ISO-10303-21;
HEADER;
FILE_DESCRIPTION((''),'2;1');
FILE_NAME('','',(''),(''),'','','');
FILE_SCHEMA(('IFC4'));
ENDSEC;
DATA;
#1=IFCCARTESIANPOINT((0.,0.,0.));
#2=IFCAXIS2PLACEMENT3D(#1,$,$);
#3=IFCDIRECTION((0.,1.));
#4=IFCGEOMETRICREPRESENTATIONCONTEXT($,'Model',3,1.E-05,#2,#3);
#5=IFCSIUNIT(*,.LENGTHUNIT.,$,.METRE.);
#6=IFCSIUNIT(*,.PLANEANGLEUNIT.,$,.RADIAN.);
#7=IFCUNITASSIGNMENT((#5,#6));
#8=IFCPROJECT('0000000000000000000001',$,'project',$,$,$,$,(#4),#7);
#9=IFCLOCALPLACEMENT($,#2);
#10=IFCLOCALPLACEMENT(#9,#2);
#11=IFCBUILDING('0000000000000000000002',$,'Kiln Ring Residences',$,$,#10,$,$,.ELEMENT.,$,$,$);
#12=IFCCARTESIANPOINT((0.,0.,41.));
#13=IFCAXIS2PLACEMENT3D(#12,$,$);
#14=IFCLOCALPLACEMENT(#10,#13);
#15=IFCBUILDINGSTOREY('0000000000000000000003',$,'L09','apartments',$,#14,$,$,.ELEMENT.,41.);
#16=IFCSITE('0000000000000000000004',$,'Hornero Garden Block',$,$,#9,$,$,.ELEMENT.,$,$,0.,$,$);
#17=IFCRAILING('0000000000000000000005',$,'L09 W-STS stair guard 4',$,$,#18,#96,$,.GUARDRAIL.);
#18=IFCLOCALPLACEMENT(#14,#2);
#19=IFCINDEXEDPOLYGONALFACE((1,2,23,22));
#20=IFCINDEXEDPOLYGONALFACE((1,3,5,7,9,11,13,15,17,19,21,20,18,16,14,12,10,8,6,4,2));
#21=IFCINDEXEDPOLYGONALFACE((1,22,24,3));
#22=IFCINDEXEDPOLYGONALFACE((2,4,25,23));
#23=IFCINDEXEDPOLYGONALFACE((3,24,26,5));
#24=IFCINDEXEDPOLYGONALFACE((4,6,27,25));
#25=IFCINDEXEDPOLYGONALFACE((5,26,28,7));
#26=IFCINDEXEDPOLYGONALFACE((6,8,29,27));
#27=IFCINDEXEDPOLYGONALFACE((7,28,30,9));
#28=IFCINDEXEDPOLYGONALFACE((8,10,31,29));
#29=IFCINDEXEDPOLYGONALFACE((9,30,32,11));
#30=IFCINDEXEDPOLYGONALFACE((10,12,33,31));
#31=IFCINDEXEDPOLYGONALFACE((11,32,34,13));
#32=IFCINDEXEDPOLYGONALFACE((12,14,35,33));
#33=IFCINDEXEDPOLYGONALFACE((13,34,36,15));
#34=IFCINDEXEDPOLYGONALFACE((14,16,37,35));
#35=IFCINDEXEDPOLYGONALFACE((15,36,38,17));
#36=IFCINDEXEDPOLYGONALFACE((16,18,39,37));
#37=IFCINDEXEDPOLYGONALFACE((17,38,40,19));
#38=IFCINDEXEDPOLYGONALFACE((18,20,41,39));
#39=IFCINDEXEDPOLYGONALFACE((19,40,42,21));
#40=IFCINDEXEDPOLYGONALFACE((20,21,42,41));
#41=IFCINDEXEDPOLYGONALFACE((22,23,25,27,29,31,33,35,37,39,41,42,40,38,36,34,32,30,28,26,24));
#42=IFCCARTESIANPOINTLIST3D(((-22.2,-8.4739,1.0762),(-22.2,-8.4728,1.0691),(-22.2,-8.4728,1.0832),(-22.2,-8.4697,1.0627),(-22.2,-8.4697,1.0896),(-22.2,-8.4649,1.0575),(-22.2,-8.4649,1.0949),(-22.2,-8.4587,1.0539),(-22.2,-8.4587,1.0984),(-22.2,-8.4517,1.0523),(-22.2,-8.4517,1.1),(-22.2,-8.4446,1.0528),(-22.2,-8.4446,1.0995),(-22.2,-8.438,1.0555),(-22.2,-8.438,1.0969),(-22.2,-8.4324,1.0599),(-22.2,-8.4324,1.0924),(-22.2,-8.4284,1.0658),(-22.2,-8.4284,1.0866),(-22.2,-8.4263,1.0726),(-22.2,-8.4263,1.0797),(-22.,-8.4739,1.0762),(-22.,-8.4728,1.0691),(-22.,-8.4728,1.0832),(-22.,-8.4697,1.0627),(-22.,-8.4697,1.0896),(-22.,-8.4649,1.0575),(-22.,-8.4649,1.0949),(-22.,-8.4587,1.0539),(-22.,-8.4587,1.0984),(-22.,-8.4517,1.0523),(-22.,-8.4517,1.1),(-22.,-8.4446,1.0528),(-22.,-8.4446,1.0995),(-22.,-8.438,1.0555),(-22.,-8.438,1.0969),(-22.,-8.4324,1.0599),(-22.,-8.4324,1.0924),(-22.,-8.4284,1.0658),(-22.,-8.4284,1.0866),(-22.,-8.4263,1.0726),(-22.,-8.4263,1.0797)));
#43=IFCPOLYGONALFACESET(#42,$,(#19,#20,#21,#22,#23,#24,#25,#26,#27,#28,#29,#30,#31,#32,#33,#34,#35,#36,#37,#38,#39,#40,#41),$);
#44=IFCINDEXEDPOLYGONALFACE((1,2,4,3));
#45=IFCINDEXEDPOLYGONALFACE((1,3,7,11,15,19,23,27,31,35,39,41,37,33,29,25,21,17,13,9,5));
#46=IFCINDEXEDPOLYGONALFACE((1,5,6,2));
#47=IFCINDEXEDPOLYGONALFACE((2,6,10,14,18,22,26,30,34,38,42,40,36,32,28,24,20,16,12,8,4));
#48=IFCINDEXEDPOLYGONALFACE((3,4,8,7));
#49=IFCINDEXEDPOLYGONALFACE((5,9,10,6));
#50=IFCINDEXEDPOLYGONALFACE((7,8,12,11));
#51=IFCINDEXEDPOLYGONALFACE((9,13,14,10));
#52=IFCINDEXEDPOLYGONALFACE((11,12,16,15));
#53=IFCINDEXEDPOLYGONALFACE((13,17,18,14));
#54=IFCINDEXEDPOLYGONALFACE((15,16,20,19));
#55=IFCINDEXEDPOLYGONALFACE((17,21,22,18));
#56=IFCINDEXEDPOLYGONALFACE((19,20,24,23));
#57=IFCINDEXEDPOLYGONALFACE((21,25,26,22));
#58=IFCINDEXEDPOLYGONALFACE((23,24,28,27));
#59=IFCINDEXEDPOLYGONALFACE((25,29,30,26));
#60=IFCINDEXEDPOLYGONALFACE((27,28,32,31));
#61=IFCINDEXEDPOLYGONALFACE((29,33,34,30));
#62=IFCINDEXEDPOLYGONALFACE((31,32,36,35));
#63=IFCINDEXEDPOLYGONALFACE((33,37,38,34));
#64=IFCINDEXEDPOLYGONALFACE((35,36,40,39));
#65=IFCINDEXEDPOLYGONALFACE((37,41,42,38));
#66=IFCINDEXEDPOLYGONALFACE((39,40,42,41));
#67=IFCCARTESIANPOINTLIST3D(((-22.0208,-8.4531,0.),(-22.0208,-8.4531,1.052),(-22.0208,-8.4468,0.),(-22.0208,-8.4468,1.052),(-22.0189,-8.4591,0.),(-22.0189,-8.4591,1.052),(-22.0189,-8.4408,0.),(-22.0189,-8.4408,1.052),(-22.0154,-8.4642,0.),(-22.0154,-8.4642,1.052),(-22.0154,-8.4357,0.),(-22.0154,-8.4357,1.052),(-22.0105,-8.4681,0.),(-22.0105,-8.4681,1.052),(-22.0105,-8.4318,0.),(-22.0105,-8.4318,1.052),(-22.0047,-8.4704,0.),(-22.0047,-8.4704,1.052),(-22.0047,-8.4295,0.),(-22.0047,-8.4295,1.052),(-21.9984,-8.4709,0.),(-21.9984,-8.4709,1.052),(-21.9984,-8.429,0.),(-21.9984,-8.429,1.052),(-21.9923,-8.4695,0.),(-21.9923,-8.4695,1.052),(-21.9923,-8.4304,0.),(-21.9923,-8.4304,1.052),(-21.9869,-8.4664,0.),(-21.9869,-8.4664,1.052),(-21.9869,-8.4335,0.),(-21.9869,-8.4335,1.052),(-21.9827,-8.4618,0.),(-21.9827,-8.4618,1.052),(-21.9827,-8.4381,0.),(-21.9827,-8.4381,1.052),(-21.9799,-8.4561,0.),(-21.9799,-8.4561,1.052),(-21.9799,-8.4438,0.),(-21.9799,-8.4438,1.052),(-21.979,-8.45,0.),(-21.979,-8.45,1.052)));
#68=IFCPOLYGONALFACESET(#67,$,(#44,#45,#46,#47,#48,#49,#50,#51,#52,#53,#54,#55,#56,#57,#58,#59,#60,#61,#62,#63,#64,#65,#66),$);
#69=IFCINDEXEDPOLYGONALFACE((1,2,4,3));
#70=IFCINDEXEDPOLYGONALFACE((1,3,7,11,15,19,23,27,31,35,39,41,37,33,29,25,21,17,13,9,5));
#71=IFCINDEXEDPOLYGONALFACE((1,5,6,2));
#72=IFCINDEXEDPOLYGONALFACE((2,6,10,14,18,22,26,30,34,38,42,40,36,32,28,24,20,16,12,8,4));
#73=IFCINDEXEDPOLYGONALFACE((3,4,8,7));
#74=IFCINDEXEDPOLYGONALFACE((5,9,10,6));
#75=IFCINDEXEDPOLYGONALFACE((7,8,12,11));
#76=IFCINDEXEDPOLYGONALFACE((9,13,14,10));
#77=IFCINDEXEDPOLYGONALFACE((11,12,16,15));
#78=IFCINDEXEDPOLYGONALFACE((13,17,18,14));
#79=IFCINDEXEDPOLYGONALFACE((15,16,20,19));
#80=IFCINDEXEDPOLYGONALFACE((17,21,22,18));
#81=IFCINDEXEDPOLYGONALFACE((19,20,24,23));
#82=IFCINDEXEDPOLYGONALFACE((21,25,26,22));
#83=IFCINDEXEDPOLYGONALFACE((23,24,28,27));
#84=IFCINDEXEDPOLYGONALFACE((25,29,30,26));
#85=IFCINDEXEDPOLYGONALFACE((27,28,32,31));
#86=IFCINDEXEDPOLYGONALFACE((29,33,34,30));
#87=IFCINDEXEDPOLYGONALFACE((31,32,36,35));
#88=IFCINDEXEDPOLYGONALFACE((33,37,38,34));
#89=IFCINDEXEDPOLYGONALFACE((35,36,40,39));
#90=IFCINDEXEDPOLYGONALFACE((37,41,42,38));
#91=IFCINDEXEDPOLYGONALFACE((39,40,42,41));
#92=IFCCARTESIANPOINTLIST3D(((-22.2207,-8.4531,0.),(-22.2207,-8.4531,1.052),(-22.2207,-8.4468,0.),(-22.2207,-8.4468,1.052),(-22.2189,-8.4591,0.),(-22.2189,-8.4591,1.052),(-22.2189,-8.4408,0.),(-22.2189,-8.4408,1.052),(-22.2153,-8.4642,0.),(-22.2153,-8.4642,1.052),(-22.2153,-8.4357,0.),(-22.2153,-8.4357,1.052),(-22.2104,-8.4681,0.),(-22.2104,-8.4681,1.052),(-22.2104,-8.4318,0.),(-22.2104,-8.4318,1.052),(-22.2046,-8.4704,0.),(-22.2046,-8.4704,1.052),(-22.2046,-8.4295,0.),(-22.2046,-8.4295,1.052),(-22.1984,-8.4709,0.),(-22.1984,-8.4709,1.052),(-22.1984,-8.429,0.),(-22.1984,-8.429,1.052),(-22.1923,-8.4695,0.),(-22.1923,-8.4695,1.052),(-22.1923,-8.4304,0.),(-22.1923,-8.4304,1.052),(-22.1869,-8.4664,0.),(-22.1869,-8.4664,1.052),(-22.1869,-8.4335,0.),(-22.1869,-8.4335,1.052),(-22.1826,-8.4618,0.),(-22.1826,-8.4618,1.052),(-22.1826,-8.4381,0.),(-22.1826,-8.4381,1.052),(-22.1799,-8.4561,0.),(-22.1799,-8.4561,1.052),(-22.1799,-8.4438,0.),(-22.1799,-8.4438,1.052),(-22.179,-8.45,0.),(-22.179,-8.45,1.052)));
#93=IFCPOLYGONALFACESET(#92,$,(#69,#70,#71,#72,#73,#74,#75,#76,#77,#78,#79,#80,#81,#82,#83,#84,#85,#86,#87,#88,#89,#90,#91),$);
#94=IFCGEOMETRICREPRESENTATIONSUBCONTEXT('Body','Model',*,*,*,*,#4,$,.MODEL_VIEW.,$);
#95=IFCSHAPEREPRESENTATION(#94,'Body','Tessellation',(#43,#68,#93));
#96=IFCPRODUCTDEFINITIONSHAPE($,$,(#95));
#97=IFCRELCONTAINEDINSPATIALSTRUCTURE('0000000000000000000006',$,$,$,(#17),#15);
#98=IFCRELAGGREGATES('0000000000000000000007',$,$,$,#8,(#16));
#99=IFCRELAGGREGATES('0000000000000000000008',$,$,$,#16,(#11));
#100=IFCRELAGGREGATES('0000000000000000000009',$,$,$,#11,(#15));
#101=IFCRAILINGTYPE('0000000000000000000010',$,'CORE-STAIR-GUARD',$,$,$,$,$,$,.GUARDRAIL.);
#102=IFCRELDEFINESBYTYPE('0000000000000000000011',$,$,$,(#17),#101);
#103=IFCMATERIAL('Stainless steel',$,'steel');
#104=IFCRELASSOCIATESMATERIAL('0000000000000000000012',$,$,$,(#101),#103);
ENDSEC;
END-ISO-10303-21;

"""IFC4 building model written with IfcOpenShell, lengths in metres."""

from ifc_helpers import new_model, si_unit, direction, frame, origin, origin_2d, place, context, subcontext, project, spatial, circle, extrude, material, type_object, element, save


model = new_model("IFC4")

# Units and contexts
model_context = context("Model", 3, precision=1e-05, world=origin(), true_north=direction((0.0, 1.0)))
body_context = subcontext(model_context, "Body", "Model", "MODEL_VIEW")
ifc_project = project(units=[si_unit("LENGTHUNIT", "METRE"), si_unit("PLANEANGLEUNIT", "RADIAN")], contexts=[model_context])

# Site, building, storey
site_placement = place(None, origin())
site = spatial("IfcSite", under=ifc_project, at=site_placement, Name="Hornero Garden Block", CompositionType="ELEMENT", RefElevation=0.0)
building_placement = place(site_placement, origin())
building = spatial("IfcBuilding", under=site, at=building_placement, Name="Kiln Ring Residences", CompositionType="ELEMENT")
storey_placement = place(building_placement, frame((0.0, 0.0, 41.0)))
storey = spatial("IfcBuildingStorey", under=building, at=storey_placement, Name="L09", Description="apartments", CompositionType="ELEMENT", Elevation=41.0)

# Railing
ifc_material_1 = material(Name="Stainless steel", Category="steel")
railing_type_1 = type_object("IfcRailingType", Name="CORE-STAIR-GUARD", PredefinedType="GUARDRAIL", material=ifc_material_1)
railing_1_placement = place(storey_placement, frame((-22.0, -8.45, 0.0)))
element("IfcRailing", 1, at=railing_1_placement, inside=storey, type_object=railing_type_1, Name="L09 W-STS stair guard 4", PredefinedType="GUARDRAIL", context=body_context, shape_type="SweptSolid", body=[
    extrude(circle(Radius=0.0239, at=origin_2d()), frame((0.0, 0.0, 1.0762), z_axis=(-1.0, 0.0, 0.0), x_axis=(0.0, -1.0, 0.0)), (0.0, 0.0, 1.0), 0.2),
    extrude(circle(Radius=0.021, at=origin_2d()), origin(), (0.0, 0.0, 1.0), 1.052),
    extrude(circle(Radius=0.021, at=origin_2d()), frame((-0.2, 0.0, 0.0)), (0.0, 0.0, 1.0), 1.052),
])

save(model, "model.ifc")
